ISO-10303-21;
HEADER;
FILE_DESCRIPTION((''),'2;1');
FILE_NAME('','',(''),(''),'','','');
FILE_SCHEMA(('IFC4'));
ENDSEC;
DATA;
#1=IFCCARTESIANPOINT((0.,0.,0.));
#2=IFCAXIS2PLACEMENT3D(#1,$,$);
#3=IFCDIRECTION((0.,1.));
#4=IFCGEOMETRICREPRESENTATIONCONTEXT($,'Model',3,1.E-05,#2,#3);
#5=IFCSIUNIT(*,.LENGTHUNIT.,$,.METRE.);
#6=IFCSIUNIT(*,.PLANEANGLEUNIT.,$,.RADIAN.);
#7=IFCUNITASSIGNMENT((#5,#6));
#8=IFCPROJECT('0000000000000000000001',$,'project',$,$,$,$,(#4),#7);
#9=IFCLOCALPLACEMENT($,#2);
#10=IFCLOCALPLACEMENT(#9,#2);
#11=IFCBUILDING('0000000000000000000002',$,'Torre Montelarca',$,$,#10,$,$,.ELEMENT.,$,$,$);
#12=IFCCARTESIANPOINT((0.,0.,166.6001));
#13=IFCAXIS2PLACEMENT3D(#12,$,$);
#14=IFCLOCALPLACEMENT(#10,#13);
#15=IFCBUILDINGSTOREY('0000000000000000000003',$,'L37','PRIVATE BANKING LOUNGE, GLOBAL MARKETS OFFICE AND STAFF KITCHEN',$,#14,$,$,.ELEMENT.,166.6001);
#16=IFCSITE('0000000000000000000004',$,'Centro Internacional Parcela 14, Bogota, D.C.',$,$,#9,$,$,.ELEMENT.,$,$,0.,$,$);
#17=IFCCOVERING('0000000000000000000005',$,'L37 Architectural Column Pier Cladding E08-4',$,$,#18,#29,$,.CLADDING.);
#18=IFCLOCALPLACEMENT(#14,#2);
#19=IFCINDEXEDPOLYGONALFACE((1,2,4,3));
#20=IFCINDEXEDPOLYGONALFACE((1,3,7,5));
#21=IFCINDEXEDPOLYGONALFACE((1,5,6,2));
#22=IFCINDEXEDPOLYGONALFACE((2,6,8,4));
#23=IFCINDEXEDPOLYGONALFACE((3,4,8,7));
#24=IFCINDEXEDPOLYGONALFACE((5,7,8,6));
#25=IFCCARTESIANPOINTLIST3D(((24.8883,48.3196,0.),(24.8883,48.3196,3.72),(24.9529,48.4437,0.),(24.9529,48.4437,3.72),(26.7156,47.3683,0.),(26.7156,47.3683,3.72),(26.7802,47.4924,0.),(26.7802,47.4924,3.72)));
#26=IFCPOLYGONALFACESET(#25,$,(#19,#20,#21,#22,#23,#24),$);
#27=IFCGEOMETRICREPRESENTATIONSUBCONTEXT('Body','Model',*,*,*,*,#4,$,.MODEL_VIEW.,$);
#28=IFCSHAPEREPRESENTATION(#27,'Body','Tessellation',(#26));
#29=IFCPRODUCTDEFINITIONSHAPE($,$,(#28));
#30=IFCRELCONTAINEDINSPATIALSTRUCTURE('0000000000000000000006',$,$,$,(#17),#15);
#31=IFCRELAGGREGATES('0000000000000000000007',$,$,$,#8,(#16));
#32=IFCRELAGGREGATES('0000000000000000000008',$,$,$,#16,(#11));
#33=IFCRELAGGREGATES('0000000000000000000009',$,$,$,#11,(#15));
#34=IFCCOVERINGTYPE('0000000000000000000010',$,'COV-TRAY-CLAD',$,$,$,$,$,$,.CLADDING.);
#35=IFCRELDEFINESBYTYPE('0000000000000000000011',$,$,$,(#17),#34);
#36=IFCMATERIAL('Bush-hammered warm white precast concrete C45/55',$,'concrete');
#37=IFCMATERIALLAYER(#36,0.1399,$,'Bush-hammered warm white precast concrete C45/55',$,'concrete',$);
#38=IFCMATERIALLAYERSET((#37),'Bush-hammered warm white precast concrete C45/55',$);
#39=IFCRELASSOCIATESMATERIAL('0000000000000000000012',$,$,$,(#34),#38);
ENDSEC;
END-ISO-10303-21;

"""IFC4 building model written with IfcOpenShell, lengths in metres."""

from ifc_helpers import new_model, si_unit, direction, frame, origin, origin_2d, place, context, subcontext, project, spatial, rectangle, extrude, source, transform, mapped, material, layer, layer_set, type_object, element, save


model = new_model("IFC4")

# Units and contexts
model_context = context("Model", 3, precision=1e-05, world=origin(), true_north=direction((0.0, 1.0)))
body_context = subcontext(model_context, "Body", "Model", "MODEL_VIEW")
ifc_project = project(units=[si_unit("LENGTHUNIT", "METRE"), si_unit("PLANEANGLEUNIT", "RADIAN")], contexts=[model_context])

# Site, building, storey
site_placement = place(None, origin())
site = spatial("IfcSite", under=ifc_project, at=site_placement, Name="Centro Internacional Parcela 14, Bogota, D.C.", CompositionType="ELEMENT", RefElevation=0.0)
building_placement = place(site_placement, origin())
building = spatial("IfcBuilding", under=site, at=building_placement, Name="Torre Montelarca", CompositionType="ELEMENT")
storey_placement = place(building_placement, frame((0.0, 0.0, 166.6001)))
storey = spatial("IfcBuildingStorey", under=building, at=storey_placement, Name="L37", Description="PRIVATE BANKING LOUNGE, GLOBAL MARKETS OFFICE AND STAFF KITCHEN", CompositionType="ELEMENT", Elevation=166.6001)

# Covering
ifc_material_1 = material(Name="Bush-hammered warm white precast concrete C45/55", Category="concrete")
ifc_layer_1 = layer(ifc_material_1, 0.1399, Name="Bush-hammered warm white precast concrete C45/55", Category="concrete")
ifc_layer_set_1 = layer_set([ifc_layer_1], Name="Bush-hammered warm white precast concrete C45/55")
covering_type = type_object("IfcCoveringType", Name="COV-TRAY-CLAD", PredefinedType="CLADDING", material=ifc_layer_set_1)
shared_shape_1 = source(origin(), body_context, "Body", "SweptSolid", [
    extrude(rectangle(XDim=2.0601, YDim=0.1399, at=origin_2d()), origin(), (0.0, 0.0, 1.0), 3.72),
])
covering_placement = place(storey_placement, frame((25.8342, 47.906, 0.0), z_axis=(0.0, 0.0, 1.0), x_axis=(-0.887011, 0.461749, 0.0)))
element("IfcCovering", 1, at=covering_placement, inside=storey, type_object=covering_type, Name="L37 Architectural Column Pier Cladding E08-4", PredefinedType="CLADDING", context=body_context, shape_type="MappedRepresentation", body=[
    mapped(shared_shape_1, transform((0.0, 0.0, 0.0), scale=1.0)),
])

save(model, "model.ifc")
